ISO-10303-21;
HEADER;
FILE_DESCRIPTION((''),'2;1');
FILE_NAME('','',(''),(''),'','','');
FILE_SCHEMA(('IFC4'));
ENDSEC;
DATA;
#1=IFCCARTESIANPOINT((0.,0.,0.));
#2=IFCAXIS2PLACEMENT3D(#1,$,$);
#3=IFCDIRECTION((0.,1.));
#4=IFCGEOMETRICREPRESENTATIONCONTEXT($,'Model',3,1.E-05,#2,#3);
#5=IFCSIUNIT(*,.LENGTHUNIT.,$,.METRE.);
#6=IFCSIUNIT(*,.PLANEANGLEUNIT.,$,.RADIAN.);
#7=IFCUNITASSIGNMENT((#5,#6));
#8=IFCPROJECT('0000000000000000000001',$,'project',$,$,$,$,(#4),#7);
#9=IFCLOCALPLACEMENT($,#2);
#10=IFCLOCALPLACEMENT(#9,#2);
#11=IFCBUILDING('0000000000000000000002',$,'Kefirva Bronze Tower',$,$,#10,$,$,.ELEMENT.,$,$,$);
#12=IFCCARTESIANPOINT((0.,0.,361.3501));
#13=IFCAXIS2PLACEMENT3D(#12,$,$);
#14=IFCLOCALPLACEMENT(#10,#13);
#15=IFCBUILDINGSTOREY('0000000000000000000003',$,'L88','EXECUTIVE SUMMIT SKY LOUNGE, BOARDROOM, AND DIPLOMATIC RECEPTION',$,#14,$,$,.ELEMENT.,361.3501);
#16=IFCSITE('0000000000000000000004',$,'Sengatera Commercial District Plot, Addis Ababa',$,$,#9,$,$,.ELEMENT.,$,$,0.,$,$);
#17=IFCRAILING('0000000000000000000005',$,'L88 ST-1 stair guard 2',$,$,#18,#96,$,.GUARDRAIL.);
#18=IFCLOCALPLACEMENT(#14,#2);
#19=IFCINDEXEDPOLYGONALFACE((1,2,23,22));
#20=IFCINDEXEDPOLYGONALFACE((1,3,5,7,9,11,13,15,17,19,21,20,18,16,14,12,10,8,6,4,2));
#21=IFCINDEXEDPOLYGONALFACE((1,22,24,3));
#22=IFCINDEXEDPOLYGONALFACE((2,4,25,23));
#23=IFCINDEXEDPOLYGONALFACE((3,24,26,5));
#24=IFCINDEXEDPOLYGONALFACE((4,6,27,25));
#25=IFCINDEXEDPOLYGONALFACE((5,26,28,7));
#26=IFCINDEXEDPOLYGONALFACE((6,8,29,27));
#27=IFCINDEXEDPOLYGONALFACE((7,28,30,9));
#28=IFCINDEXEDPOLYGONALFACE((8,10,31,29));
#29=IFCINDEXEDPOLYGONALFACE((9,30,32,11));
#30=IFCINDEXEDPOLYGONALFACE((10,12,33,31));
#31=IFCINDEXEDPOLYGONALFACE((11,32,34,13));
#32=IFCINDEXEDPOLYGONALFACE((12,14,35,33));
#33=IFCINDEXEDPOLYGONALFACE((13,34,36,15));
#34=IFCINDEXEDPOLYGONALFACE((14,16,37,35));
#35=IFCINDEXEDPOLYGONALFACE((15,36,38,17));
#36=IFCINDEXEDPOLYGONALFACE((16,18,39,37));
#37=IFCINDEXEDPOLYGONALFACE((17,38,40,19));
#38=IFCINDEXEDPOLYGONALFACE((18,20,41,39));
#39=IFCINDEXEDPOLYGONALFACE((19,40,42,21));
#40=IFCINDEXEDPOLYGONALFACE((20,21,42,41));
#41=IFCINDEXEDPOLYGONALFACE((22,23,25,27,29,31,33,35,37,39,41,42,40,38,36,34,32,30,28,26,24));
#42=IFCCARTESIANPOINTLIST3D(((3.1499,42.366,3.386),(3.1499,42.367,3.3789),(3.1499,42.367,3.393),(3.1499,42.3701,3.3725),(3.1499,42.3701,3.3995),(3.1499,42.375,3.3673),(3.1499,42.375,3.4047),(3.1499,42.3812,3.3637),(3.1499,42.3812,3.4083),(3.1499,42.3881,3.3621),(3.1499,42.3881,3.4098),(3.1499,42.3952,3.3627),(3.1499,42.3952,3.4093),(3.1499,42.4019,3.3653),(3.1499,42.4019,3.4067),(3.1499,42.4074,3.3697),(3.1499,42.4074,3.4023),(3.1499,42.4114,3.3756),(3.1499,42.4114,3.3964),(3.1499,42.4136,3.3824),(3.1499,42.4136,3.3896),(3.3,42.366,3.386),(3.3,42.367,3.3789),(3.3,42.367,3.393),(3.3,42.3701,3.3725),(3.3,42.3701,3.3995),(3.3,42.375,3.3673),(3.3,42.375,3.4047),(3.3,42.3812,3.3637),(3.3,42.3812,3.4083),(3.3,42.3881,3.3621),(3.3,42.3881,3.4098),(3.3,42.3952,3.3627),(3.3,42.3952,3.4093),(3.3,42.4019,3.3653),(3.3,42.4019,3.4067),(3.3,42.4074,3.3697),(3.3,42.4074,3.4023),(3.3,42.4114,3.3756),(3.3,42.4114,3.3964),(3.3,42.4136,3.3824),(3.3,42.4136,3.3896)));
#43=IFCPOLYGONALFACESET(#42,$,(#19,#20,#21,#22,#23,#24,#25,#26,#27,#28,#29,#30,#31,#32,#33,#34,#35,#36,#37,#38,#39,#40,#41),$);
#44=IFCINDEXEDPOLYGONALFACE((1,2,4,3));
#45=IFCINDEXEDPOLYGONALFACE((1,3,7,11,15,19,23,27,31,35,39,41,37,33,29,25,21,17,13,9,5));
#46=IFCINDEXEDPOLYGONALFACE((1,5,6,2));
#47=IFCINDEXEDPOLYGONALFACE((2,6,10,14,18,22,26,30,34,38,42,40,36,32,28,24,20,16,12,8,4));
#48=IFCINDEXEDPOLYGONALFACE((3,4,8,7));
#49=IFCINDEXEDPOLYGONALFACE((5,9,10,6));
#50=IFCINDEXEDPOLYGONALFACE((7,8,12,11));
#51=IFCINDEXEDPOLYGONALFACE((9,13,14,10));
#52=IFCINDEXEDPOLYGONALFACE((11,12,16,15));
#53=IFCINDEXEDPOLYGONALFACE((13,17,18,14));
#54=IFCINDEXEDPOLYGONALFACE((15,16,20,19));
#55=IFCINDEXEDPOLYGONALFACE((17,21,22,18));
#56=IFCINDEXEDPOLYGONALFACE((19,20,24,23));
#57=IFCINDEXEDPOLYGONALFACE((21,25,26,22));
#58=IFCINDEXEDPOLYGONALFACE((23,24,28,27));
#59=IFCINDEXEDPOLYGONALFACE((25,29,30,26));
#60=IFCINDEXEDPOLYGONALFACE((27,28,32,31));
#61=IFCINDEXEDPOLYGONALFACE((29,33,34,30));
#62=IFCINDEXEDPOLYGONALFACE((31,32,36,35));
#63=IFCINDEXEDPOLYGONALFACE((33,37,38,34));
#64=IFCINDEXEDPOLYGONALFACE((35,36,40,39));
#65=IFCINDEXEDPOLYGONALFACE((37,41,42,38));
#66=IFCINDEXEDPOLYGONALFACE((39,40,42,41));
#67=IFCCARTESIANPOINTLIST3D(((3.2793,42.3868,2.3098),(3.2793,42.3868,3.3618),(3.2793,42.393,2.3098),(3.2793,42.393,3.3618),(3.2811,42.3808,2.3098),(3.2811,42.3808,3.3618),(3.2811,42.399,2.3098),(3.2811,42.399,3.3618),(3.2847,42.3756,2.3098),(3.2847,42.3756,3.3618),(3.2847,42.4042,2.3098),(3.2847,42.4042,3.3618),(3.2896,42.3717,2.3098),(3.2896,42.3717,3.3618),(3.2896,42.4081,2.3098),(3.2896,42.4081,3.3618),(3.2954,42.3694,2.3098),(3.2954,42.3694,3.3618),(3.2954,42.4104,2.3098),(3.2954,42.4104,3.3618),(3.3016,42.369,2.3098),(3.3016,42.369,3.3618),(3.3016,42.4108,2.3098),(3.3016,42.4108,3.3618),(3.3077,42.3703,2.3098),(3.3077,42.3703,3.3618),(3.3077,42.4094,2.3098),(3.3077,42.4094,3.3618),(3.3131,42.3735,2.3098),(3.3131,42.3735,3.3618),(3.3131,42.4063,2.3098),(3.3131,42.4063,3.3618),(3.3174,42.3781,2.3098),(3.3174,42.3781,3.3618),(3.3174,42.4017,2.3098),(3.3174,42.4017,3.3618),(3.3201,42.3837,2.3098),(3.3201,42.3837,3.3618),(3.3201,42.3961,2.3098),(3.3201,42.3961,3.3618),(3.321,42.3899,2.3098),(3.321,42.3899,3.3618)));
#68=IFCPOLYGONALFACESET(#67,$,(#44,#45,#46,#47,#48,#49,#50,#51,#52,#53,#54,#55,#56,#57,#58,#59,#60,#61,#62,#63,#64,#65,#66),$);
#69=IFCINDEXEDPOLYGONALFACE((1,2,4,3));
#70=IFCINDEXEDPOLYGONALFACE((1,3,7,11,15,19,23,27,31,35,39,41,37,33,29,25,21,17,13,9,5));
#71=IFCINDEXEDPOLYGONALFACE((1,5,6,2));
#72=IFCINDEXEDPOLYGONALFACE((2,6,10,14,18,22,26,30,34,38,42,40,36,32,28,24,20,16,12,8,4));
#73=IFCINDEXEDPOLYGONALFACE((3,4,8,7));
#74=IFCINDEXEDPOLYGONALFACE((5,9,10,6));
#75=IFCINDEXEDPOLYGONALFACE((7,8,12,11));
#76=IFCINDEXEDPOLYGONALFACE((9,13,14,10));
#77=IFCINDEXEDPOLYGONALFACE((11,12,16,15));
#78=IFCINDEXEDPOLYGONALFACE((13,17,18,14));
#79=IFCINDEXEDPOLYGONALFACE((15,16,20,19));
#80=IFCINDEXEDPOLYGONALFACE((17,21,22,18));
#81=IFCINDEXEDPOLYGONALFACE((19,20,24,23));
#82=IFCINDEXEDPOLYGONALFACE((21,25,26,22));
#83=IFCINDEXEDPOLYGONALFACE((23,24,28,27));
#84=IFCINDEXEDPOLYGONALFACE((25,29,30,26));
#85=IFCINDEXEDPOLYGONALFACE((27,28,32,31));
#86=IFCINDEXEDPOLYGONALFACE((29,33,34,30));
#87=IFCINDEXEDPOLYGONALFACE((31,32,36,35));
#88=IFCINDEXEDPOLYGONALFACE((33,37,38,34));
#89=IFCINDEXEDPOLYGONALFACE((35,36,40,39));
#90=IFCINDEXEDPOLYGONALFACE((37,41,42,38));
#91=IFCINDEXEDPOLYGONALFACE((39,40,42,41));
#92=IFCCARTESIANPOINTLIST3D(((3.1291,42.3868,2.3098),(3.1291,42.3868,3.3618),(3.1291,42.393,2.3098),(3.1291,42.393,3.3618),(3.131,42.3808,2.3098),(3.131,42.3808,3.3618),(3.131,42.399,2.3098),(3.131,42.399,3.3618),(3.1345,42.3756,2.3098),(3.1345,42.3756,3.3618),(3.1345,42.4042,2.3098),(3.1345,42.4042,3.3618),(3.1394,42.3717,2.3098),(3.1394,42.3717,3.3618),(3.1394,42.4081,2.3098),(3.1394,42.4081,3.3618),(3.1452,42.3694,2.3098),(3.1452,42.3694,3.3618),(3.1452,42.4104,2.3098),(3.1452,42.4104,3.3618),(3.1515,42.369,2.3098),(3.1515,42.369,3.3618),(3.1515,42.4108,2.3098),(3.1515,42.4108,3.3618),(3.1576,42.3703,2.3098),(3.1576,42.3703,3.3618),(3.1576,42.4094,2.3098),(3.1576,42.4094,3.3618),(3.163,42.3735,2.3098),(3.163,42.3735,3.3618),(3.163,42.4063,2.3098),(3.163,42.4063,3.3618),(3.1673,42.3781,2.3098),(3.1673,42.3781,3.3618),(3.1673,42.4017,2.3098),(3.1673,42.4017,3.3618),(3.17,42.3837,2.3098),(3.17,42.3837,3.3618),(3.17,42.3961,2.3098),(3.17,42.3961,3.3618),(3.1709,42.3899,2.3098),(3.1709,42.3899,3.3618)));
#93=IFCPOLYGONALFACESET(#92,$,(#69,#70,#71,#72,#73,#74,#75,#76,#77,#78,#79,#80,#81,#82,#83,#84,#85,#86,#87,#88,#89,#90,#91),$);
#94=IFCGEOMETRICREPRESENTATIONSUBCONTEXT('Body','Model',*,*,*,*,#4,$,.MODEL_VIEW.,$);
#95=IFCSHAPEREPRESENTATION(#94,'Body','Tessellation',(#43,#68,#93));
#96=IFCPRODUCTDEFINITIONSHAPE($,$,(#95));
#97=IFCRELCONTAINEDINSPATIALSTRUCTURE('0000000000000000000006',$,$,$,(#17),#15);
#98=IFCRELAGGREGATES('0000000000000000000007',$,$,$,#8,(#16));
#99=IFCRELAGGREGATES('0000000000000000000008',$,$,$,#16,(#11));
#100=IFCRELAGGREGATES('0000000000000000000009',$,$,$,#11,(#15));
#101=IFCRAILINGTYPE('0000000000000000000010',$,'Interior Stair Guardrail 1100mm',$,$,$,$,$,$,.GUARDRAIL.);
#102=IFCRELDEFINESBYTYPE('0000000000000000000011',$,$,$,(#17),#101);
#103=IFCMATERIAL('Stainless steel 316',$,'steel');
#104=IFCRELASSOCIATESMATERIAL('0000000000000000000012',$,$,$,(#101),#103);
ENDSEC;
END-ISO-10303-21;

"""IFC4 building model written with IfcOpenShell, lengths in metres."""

from ifc_helpers import new_model, si_unit, direction, frame, origin, origin_2d, place, context, subcontext, project, spatial, circle, extrude, material, type_object, element, save


model = new_model("IFC4")

# Units and contexts
model_context = context("Model", 3, precision=1e-05, world=origin(), true_north=direction((0.0, 1.0)))
body_context = subcontext(model_context, "Body", "Model", "MODEL_VIEW")
ifc_project = project(units=[si_unit("LENGTHUNIT", "METRE"), si_unit("PLANEANGLEUNIT", "RADIAN")], contexts=[model_context])

# Site, building, storey
site_placement = place(None, origin())
site = spatial("IfcSite", under=ifc_project, at=site_placement, Name="Sengatera Commercial District Plot, Addis Ababa", CompositionType="ELEMENT", RefElevation=0.0)
building_placement = place(site_placement, origin())
building = spatial("IfcBuilding", under=site, at=building_placement, Name="Kefirva Bronze Tower", CompositionType="ELEMENT")
storey_placement = place(building_placement, frame((0.0, 0.0, 361.3501)))
storey = spatial("IfcBuildingStorey", under=building, at=storey_placement, Name="L88", Description="EXECUTIVE SUMMIT SKY LOUNGE, BOARDROOM, AND DIPLOMATIC RECEPTION", CompositionType="ELEMENT", Elevation=361.3501)

# Railing
ifc_material_1 = material(Name="Stainless steel 316", Category="steel")
railing_type_1 = type_object("IfcRailingType", Name="Interior Stair Guardrail 1100mm", PredefinedType="GUARDRAIL", material=ifc_material_1)
railing_1_placement = place(storey_placement, frame((3.3, 42.3899, 2.3098)))
element("IfcRailing", 1, at=railing_1_placement, inside=storey, type_object=railing_type_1, Name="L88 ST-1 stair guard 2", PredefinedType="GUARDRAIL", context=body_context, shape_type="SweptSolid", body=[
    extrude(circle(Radius=0.0239, at=origin_2d()), frame((0.0, 0.0, 1.0762), z_axis=(-1.0, 0.0, 0.0), x_axis=(0.0, -1.0, 0.0)), (0.0, 0.0, 1.0), 0.1501),
    extrude(circle(Radius=0.021, at=origin_2d()), origin(), (0.0, 0.0, 1.0), 1.052),
    extrude(circle(Radius=0.021, at=origin_2d()), frame((-0.1501, 0.0, 0.0)), (0.0, 0.0, 1.0), 1.052),
])

save(model, "model.ifc")
